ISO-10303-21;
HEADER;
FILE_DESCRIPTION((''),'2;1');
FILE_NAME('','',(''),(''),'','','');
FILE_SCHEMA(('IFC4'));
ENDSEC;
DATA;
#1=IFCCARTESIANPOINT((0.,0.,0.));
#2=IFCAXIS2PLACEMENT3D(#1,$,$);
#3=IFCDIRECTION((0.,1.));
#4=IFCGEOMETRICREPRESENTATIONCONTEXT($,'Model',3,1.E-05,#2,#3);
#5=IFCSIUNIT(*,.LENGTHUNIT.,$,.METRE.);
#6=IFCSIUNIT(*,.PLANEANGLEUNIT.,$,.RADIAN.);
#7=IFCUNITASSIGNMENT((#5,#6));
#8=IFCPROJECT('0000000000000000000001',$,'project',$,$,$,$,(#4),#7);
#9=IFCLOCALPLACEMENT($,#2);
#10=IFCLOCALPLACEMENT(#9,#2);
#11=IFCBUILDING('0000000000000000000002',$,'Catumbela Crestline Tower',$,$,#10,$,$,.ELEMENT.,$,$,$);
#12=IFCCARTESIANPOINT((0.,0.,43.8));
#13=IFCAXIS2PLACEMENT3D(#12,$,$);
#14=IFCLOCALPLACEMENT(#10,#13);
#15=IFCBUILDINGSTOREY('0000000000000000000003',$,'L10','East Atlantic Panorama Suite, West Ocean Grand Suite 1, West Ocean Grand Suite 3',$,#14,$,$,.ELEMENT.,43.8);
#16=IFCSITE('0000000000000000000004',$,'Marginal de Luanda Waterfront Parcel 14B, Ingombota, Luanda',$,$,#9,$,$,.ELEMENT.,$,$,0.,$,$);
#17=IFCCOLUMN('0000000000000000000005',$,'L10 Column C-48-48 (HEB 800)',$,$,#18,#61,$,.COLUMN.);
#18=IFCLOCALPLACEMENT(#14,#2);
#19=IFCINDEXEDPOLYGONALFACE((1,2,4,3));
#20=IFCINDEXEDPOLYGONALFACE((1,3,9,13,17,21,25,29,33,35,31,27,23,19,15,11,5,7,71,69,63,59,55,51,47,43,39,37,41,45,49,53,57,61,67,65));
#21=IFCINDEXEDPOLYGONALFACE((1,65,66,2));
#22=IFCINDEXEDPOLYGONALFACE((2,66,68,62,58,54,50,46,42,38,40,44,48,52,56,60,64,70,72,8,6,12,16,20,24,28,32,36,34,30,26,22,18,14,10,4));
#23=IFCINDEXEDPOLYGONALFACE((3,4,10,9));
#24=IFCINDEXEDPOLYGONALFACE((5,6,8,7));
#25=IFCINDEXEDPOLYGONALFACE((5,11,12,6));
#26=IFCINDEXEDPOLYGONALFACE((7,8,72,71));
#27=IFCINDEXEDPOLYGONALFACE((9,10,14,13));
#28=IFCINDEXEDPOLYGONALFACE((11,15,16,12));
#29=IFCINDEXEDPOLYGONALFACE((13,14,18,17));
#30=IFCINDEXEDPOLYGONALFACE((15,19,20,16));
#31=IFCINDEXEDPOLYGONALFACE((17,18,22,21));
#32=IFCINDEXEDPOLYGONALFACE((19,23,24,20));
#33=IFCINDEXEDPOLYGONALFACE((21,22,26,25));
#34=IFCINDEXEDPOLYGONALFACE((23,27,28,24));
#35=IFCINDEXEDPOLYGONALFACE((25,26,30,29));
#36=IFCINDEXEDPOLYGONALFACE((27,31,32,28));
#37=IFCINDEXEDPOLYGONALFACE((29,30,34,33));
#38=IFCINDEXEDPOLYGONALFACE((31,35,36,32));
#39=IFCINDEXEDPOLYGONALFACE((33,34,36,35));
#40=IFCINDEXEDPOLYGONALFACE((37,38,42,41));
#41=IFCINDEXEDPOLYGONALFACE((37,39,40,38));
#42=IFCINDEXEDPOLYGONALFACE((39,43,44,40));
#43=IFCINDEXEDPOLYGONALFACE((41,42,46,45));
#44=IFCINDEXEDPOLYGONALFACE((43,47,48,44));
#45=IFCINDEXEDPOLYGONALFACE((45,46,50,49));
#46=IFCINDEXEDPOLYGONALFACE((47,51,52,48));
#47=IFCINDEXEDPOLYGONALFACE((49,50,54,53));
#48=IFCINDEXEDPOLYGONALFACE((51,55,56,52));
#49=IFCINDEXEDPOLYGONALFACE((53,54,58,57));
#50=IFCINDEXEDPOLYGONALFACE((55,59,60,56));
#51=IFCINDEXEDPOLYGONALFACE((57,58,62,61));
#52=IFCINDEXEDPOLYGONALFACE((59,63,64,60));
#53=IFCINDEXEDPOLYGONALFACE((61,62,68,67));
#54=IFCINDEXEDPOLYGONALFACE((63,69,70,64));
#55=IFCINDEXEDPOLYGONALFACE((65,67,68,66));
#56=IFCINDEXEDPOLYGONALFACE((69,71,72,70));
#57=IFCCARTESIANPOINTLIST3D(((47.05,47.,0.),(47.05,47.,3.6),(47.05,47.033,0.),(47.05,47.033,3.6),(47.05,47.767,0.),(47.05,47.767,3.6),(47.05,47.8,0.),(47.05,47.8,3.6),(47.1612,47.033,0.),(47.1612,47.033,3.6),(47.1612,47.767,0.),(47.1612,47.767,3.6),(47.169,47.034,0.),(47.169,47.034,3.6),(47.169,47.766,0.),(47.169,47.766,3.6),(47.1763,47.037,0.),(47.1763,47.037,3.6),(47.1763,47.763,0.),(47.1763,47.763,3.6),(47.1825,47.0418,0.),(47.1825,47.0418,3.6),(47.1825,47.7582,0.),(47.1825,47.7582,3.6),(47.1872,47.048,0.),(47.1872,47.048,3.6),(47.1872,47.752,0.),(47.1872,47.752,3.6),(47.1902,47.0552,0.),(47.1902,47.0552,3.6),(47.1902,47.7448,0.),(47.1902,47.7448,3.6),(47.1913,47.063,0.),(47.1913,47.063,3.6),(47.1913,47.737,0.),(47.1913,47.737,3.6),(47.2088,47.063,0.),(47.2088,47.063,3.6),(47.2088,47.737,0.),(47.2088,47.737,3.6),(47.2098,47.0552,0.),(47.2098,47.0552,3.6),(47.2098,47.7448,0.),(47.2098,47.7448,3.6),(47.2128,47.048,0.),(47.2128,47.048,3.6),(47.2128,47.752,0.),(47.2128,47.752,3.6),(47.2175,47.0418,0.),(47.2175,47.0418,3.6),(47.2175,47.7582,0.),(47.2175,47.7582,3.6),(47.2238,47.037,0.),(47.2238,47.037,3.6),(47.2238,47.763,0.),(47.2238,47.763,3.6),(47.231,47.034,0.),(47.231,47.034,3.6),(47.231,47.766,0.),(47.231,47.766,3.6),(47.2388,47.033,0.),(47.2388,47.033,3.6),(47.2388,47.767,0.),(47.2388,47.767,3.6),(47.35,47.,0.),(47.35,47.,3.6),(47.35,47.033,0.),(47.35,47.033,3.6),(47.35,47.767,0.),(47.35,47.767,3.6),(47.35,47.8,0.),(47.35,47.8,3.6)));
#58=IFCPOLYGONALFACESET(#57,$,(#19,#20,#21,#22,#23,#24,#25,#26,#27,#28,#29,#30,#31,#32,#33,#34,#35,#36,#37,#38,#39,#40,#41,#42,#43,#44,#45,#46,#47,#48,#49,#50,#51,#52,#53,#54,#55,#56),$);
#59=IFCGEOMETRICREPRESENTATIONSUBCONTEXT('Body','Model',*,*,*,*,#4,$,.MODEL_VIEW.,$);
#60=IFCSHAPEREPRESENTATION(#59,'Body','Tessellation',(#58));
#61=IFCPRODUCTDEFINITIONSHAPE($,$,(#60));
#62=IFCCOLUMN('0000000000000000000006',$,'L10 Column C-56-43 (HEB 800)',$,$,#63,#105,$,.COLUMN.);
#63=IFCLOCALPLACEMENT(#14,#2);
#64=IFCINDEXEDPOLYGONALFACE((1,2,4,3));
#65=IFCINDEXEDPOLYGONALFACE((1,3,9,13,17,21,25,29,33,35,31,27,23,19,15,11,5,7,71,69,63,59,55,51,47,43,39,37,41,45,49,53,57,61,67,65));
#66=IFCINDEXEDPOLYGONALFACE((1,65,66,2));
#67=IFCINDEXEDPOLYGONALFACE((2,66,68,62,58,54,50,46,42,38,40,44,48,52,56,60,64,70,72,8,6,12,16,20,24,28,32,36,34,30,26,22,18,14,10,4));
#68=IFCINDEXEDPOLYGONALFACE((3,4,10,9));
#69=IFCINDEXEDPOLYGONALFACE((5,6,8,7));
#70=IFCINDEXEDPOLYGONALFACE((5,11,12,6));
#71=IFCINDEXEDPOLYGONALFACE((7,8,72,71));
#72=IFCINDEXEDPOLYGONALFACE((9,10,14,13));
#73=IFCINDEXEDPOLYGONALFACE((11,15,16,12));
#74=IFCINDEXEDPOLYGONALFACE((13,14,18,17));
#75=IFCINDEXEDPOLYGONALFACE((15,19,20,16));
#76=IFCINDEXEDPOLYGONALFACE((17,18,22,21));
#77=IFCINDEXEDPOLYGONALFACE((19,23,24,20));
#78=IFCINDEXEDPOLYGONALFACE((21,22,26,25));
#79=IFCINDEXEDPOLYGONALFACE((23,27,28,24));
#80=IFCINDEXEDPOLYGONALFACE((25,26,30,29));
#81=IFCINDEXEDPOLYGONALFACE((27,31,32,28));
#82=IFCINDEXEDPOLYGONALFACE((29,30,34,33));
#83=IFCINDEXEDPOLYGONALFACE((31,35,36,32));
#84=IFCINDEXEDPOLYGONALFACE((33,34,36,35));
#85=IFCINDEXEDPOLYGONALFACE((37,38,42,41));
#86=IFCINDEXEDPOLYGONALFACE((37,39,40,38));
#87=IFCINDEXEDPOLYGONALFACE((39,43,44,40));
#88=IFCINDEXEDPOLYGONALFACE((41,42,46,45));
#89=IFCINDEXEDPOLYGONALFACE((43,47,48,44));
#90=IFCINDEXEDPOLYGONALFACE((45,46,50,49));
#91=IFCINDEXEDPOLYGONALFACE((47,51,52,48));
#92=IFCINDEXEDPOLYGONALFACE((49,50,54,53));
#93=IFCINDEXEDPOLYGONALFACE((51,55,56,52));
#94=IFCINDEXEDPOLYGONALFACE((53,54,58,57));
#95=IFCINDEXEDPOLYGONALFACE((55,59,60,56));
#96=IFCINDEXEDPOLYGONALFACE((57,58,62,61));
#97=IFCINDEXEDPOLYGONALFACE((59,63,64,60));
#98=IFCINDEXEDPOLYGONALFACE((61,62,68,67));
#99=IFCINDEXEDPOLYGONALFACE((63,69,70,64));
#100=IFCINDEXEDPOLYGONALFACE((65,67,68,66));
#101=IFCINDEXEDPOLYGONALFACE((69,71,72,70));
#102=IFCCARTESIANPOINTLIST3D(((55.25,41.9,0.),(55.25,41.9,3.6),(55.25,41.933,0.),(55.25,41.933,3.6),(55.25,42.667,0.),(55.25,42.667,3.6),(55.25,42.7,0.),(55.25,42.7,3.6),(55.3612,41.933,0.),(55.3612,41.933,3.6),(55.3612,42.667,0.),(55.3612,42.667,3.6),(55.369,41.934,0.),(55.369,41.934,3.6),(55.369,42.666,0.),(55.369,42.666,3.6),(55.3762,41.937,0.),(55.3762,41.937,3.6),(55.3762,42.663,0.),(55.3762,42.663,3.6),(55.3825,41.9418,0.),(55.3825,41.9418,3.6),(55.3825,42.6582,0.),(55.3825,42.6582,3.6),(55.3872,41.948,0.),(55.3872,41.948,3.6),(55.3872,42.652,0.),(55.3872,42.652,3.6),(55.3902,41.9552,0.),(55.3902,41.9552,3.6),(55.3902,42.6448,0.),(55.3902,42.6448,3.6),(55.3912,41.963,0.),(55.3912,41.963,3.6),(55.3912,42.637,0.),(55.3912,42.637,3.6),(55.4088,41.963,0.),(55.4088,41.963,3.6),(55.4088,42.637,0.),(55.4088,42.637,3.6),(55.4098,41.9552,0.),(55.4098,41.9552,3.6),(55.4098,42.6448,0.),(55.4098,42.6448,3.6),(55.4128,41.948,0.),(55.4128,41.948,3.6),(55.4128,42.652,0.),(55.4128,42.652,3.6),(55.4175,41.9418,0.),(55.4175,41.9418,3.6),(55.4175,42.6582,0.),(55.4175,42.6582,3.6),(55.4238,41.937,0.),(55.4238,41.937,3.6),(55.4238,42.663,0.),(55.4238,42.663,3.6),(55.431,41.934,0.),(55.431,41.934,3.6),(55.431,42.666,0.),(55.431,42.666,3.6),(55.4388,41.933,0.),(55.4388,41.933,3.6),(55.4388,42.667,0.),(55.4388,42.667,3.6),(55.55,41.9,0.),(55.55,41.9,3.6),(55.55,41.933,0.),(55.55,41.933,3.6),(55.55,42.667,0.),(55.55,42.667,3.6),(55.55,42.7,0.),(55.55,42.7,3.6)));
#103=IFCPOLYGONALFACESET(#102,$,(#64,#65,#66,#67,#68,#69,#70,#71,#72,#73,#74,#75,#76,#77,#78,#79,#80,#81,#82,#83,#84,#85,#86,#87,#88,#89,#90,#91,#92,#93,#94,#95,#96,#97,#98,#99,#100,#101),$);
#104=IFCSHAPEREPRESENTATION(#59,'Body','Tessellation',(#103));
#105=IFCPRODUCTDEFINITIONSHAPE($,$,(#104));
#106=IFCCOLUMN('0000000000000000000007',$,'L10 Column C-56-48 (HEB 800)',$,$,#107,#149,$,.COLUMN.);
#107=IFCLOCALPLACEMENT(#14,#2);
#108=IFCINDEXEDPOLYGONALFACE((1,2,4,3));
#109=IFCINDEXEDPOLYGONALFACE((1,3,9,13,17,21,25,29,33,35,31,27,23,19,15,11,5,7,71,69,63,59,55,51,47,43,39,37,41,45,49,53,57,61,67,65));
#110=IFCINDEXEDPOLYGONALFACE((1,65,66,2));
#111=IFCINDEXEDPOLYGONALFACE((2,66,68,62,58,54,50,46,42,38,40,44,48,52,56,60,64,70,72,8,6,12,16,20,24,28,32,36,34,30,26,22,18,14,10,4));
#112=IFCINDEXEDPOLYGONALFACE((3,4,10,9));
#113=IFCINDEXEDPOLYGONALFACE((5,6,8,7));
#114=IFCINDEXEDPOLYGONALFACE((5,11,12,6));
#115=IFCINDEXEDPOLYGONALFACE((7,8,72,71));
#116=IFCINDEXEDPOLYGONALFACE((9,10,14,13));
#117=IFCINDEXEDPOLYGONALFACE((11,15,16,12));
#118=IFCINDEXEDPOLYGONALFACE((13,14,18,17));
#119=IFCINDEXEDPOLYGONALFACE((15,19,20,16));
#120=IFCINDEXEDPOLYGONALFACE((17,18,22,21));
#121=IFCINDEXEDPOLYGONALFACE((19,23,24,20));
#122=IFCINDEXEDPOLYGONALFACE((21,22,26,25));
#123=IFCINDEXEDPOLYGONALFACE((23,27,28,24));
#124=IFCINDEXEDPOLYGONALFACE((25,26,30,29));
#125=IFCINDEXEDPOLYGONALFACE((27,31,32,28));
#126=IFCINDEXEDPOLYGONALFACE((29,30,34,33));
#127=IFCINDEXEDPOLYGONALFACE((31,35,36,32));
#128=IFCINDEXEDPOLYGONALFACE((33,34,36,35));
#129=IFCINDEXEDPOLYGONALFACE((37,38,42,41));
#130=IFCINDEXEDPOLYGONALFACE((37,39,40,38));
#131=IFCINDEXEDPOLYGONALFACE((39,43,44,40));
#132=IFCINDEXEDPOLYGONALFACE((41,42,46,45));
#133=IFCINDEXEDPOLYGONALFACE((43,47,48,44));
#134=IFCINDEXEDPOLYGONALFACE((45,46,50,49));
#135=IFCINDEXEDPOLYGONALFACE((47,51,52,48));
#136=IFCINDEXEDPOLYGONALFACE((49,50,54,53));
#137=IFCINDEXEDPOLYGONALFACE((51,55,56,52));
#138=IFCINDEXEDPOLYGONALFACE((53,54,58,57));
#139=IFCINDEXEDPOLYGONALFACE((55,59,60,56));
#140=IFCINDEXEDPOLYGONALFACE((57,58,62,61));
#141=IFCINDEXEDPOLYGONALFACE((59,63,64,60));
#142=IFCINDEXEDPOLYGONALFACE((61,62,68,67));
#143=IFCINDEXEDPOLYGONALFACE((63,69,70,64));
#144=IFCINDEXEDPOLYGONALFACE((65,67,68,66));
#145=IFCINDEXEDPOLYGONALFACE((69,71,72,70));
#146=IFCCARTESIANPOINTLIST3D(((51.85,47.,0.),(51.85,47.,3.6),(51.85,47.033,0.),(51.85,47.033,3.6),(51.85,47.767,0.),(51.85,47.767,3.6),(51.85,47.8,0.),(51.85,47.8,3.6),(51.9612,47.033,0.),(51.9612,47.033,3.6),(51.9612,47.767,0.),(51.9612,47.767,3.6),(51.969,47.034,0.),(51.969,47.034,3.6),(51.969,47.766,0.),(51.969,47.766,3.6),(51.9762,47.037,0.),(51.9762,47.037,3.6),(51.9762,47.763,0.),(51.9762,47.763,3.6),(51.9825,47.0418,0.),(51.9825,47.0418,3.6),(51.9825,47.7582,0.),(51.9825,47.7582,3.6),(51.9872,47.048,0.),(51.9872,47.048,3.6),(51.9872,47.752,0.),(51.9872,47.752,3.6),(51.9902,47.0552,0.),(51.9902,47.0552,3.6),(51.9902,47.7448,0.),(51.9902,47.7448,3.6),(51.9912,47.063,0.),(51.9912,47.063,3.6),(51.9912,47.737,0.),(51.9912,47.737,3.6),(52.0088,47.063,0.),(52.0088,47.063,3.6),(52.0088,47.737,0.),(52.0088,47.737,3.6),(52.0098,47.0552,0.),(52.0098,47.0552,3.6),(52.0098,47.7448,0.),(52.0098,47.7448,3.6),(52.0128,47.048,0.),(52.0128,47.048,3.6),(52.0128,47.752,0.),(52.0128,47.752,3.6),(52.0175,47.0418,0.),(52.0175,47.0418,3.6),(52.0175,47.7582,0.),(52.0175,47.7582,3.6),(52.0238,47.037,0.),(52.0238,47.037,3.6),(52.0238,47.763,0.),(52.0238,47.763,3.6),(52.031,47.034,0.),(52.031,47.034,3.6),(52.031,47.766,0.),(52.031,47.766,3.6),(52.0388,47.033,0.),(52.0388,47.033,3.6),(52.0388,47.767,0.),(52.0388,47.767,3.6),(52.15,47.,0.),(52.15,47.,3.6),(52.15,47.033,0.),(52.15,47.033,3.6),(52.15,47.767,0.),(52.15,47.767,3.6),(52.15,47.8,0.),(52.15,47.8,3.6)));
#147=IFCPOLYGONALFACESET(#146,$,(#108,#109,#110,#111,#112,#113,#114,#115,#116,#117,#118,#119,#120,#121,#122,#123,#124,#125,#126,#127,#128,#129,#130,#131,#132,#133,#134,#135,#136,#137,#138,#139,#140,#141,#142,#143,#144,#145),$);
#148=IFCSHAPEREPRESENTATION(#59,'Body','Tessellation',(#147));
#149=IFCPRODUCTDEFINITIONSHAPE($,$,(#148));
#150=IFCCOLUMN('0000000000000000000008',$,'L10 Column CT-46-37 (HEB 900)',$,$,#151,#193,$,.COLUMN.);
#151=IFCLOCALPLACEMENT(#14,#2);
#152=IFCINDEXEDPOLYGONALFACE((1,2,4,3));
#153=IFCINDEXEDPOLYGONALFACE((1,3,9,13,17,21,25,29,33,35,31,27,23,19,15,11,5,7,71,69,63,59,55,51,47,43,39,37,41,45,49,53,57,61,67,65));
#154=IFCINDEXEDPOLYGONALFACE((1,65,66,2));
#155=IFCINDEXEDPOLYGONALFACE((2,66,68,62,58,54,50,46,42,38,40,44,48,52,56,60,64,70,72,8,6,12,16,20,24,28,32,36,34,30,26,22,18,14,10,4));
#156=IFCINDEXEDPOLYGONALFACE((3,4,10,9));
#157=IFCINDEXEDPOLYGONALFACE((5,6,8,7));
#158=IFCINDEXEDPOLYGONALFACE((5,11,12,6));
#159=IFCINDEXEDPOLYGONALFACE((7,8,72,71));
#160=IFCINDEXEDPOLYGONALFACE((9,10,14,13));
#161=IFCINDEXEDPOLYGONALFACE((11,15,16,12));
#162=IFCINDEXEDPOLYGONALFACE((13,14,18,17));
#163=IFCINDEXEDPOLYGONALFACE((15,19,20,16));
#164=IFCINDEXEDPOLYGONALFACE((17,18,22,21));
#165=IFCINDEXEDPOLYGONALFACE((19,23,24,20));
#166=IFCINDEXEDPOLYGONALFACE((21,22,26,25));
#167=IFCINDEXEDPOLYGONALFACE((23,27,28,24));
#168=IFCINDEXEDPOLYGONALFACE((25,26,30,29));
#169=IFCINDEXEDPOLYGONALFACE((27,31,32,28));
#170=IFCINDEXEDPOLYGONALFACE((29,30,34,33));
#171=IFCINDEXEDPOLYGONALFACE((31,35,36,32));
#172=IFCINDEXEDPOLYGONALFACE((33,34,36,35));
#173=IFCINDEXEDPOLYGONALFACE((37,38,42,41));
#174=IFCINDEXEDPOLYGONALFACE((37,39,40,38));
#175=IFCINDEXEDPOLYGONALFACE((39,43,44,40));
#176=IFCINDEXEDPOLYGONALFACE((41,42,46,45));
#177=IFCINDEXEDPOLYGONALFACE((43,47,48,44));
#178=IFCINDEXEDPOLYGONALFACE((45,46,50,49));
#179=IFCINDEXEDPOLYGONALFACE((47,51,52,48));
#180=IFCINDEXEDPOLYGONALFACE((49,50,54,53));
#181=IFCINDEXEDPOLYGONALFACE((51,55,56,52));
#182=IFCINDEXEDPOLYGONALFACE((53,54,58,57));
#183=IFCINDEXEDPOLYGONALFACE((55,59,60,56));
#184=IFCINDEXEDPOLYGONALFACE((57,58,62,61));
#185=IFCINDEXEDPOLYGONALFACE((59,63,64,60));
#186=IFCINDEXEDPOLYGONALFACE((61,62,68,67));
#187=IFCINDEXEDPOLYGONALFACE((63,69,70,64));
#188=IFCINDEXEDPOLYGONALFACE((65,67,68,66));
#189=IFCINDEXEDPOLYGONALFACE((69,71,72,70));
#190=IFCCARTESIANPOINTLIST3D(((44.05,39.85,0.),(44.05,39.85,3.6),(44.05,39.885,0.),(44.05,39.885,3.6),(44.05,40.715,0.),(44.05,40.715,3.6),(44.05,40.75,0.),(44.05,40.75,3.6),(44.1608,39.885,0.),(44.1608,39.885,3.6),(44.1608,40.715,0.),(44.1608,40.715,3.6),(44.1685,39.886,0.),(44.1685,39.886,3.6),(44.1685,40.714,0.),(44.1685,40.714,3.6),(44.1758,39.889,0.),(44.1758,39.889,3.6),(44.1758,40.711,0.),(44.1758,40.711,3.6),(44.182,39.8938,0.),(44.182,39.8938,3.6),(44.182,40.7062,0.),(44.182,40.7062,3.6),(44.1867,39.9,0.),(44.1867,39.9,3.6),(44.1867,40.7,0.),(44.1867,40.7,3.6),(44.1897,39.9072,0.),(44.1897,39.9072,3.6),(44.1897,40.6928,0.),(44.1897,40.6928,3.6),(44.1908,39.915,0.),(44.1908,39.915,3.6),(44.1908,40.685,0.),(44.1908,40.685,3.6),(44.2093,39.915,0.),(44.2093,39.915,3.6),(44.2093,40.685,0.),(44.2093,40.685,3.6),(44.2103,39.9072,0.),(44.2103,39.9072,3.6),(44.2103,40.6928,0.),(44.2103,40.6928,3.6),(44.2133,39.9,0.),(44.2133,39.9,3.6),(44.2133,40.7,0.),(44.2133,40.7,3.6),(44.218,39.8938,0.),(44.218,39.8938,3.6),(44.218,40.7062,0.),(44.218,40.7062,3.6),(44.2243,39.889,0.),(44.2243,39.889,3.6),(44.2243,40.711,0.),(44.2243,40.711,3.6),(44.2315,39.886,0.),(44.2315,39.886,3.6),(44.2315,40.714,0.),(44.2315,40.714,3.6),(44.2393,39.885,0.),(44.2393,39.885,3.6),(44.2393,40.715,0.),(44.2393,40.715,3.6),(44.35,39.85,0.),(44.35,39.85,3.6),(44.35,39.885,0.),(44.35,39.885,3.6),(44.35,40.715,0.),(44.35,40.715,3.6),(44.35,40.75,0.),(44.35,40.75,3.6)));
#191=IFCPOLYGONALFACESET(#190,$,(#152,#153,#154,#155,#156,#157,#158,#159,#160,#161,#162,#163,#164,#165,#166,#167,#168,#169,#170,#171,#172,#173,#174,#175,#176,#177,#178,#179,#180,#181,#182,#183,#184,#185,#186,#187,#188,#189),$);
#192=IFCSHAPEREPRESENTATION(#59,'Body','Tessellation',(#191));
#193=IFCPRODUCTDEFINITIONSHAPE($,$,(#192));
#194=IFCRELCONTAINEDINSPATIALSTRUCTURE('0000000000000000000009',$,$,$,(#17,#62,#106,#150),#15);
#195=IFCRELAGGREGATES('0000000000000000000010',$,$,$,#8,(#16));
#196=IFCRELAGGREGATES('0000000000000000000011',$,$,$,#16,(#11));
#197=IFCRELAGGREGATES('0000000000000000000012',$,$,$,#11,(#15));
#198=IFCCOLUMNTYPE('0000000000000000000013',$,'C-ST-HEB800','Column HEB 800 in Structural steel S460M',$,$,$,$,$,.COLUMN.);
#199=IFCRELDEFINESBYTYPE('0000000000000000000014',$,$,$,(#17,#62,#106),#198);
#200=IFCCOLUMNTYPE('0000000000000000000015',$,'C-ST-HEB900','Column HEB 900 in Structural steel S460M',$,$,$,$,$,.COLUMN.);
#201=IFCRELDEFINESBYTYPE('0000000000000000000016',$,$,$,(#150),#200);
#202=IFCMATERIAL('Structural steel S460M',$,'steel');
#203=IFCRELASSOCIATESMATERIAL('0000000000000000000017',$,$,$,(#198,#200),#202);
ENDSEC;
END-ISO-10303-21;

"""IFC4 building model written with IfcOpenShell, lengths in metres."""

from ifc_helpers import new_model, si_unit, direction, frame, origin, origin_2d, place, context, subcontext, project, spatial, i_section, extrude, material, material_profile, profile_set, type_object, element, save


model = new_model("IFC4")

# Units and contexts
model_context = context("Model", 3, precision=1e-05, world=origin(), true_north=direction((0.0, 1.0)))
body_context = subcontext(model_context, "Body", "Model", "MODEL_VIEW")
ifc_project = project(units=[si_unit("LENGTHUNIT", "METRE"), si_unit("PLANEANGLEUNIT", "RADIAN")], contexts=[model_context])

# Site, building, storey
site_placement = place(None, origin())
site = spatial("IfcSite", under=ifc_project, at=site_placement, Name="Marginal de Luanda Waterfront Parcel 14B, Ingombota, Luanda", CompositionType="ELEMENT", RefElevation=0.0)
building_placement = place(site_placement, origin())
building = spatial("IfcBuilding", under=site, at=building_placement, Name="Catumbela Crestline Tower", CompositionType="ELEMENT")
storey_placement = place(building_placement, frame((0.0, 0.0, 43.8)))
storey = spatial("IfcBuildingStorey", under=building, at=storey_placement, Name="L10", Description="East Atlantic Panorama Suite, West Ocean Grand Suite 1, West Ocean Grand Suite 3", CompositionType="ELEMENT", Elevation=43.8)

# Columns
ifc_material_1 = material(Name="Structural steel S460M", Category="steel")
ifc_material_profile_1 = material_profile(ifc_material_1, i_section(OverallWidth=0.3, OverallDepth=0.8, WebThickness=0.0175, FlangeThickness=0.033, FilletRadius=0.03, at=origin_2d()), Name="HEB 800")
ifc_profile_set_1 = profile_set([ifc_material_profile_1], Name="Structural steel S460M")
column_type_1 = type_object("IfcColumnType", Name="C-ST-HEB800", Description="Column HEB 800 in Structural steel S460M", PredefinedType="COLUMN", material=ifc_profile_set_1)
for number, where, z_axis, x_axis, name in (
    (1, (47.2, 47.4, 0.0), (0.0, 0.0, 1.0), (1.0, 0.0, 0.0), "L10 Column C-48-48 (HEB 800)"),
    (2, (55.4, 42.3, 0.0), (0.0, 0.0, 1.0), (1.0, 0.0, 0.0), "L10 Column C-56-43 (HEB 800)"),
    (3, (52.0, 47.4, 0.0), (0.0, 0.0, 1.0), (1.0, 0.0, 0.0), "L10 Column C-56-48 (HEB 800)"),
):
    element("IfcColumn", number, at=place(storey_placement, frame(where, z_axis=z_axis, x_axis=x_axis)), inside=storey, type_object=column_type_1, Name=name, PredefinedType="COLUMN", context=body_context, shape_type="SweptSolid", body=[
        extrude(i_section(OverallWidth=0.3, OverallDepth=0.8, WebThickness=0.0175, FlangeThickness=0.033, FilletRadius=0.03, at=origin_2d()), origin(), (0.0, 0.0, 1.0), 3.6),
    ])
ifc_material_profile_2 = material_profile(ifc_material_1, i_section(OverallWidth=0.3, OverallDepth=0.9, WebThickness=0.0185, FlangeThickness=0.035, FilletRadius=0.03, at=origin_2d()), Name="HEB 900")
ifc_profile_set_2 = profile_set([ifc_material_profile_2], Name="Structural steel S460M")
column_type_2 = type_object("IfcColumnType", Name="C-ST-HEB900", Description="Column HEB 900 in Structural steel S460M", PredefinedType="COLUMN", material=ifc_profile_set_2)
column_placement = place(storey_placement, frame((44.2, 40.3, 0.0), z_axis=(0.0, 0.0, 1.0), x_axis=(1.0, 0.0, 0.0)))
element("IfcColumn", 4, at=column_placement, inside=storey, type_object=column_type_2, Name="L10 Column CT-46-37 (HEB 900)", PredefinedType="COLUMN", context=body_context, shape_type="SweptSolid", body=[
    extrude(i_section(OverallWidth=0.3, OverallDepth=0.9, WebThickness=0.0185, FlangeThickness=0.035, FilletRadius=0.03, at=origin_2d()), origin(), (0.0, 0.0, 1.0), 3.6),
])

save(model, "model.ifc")
